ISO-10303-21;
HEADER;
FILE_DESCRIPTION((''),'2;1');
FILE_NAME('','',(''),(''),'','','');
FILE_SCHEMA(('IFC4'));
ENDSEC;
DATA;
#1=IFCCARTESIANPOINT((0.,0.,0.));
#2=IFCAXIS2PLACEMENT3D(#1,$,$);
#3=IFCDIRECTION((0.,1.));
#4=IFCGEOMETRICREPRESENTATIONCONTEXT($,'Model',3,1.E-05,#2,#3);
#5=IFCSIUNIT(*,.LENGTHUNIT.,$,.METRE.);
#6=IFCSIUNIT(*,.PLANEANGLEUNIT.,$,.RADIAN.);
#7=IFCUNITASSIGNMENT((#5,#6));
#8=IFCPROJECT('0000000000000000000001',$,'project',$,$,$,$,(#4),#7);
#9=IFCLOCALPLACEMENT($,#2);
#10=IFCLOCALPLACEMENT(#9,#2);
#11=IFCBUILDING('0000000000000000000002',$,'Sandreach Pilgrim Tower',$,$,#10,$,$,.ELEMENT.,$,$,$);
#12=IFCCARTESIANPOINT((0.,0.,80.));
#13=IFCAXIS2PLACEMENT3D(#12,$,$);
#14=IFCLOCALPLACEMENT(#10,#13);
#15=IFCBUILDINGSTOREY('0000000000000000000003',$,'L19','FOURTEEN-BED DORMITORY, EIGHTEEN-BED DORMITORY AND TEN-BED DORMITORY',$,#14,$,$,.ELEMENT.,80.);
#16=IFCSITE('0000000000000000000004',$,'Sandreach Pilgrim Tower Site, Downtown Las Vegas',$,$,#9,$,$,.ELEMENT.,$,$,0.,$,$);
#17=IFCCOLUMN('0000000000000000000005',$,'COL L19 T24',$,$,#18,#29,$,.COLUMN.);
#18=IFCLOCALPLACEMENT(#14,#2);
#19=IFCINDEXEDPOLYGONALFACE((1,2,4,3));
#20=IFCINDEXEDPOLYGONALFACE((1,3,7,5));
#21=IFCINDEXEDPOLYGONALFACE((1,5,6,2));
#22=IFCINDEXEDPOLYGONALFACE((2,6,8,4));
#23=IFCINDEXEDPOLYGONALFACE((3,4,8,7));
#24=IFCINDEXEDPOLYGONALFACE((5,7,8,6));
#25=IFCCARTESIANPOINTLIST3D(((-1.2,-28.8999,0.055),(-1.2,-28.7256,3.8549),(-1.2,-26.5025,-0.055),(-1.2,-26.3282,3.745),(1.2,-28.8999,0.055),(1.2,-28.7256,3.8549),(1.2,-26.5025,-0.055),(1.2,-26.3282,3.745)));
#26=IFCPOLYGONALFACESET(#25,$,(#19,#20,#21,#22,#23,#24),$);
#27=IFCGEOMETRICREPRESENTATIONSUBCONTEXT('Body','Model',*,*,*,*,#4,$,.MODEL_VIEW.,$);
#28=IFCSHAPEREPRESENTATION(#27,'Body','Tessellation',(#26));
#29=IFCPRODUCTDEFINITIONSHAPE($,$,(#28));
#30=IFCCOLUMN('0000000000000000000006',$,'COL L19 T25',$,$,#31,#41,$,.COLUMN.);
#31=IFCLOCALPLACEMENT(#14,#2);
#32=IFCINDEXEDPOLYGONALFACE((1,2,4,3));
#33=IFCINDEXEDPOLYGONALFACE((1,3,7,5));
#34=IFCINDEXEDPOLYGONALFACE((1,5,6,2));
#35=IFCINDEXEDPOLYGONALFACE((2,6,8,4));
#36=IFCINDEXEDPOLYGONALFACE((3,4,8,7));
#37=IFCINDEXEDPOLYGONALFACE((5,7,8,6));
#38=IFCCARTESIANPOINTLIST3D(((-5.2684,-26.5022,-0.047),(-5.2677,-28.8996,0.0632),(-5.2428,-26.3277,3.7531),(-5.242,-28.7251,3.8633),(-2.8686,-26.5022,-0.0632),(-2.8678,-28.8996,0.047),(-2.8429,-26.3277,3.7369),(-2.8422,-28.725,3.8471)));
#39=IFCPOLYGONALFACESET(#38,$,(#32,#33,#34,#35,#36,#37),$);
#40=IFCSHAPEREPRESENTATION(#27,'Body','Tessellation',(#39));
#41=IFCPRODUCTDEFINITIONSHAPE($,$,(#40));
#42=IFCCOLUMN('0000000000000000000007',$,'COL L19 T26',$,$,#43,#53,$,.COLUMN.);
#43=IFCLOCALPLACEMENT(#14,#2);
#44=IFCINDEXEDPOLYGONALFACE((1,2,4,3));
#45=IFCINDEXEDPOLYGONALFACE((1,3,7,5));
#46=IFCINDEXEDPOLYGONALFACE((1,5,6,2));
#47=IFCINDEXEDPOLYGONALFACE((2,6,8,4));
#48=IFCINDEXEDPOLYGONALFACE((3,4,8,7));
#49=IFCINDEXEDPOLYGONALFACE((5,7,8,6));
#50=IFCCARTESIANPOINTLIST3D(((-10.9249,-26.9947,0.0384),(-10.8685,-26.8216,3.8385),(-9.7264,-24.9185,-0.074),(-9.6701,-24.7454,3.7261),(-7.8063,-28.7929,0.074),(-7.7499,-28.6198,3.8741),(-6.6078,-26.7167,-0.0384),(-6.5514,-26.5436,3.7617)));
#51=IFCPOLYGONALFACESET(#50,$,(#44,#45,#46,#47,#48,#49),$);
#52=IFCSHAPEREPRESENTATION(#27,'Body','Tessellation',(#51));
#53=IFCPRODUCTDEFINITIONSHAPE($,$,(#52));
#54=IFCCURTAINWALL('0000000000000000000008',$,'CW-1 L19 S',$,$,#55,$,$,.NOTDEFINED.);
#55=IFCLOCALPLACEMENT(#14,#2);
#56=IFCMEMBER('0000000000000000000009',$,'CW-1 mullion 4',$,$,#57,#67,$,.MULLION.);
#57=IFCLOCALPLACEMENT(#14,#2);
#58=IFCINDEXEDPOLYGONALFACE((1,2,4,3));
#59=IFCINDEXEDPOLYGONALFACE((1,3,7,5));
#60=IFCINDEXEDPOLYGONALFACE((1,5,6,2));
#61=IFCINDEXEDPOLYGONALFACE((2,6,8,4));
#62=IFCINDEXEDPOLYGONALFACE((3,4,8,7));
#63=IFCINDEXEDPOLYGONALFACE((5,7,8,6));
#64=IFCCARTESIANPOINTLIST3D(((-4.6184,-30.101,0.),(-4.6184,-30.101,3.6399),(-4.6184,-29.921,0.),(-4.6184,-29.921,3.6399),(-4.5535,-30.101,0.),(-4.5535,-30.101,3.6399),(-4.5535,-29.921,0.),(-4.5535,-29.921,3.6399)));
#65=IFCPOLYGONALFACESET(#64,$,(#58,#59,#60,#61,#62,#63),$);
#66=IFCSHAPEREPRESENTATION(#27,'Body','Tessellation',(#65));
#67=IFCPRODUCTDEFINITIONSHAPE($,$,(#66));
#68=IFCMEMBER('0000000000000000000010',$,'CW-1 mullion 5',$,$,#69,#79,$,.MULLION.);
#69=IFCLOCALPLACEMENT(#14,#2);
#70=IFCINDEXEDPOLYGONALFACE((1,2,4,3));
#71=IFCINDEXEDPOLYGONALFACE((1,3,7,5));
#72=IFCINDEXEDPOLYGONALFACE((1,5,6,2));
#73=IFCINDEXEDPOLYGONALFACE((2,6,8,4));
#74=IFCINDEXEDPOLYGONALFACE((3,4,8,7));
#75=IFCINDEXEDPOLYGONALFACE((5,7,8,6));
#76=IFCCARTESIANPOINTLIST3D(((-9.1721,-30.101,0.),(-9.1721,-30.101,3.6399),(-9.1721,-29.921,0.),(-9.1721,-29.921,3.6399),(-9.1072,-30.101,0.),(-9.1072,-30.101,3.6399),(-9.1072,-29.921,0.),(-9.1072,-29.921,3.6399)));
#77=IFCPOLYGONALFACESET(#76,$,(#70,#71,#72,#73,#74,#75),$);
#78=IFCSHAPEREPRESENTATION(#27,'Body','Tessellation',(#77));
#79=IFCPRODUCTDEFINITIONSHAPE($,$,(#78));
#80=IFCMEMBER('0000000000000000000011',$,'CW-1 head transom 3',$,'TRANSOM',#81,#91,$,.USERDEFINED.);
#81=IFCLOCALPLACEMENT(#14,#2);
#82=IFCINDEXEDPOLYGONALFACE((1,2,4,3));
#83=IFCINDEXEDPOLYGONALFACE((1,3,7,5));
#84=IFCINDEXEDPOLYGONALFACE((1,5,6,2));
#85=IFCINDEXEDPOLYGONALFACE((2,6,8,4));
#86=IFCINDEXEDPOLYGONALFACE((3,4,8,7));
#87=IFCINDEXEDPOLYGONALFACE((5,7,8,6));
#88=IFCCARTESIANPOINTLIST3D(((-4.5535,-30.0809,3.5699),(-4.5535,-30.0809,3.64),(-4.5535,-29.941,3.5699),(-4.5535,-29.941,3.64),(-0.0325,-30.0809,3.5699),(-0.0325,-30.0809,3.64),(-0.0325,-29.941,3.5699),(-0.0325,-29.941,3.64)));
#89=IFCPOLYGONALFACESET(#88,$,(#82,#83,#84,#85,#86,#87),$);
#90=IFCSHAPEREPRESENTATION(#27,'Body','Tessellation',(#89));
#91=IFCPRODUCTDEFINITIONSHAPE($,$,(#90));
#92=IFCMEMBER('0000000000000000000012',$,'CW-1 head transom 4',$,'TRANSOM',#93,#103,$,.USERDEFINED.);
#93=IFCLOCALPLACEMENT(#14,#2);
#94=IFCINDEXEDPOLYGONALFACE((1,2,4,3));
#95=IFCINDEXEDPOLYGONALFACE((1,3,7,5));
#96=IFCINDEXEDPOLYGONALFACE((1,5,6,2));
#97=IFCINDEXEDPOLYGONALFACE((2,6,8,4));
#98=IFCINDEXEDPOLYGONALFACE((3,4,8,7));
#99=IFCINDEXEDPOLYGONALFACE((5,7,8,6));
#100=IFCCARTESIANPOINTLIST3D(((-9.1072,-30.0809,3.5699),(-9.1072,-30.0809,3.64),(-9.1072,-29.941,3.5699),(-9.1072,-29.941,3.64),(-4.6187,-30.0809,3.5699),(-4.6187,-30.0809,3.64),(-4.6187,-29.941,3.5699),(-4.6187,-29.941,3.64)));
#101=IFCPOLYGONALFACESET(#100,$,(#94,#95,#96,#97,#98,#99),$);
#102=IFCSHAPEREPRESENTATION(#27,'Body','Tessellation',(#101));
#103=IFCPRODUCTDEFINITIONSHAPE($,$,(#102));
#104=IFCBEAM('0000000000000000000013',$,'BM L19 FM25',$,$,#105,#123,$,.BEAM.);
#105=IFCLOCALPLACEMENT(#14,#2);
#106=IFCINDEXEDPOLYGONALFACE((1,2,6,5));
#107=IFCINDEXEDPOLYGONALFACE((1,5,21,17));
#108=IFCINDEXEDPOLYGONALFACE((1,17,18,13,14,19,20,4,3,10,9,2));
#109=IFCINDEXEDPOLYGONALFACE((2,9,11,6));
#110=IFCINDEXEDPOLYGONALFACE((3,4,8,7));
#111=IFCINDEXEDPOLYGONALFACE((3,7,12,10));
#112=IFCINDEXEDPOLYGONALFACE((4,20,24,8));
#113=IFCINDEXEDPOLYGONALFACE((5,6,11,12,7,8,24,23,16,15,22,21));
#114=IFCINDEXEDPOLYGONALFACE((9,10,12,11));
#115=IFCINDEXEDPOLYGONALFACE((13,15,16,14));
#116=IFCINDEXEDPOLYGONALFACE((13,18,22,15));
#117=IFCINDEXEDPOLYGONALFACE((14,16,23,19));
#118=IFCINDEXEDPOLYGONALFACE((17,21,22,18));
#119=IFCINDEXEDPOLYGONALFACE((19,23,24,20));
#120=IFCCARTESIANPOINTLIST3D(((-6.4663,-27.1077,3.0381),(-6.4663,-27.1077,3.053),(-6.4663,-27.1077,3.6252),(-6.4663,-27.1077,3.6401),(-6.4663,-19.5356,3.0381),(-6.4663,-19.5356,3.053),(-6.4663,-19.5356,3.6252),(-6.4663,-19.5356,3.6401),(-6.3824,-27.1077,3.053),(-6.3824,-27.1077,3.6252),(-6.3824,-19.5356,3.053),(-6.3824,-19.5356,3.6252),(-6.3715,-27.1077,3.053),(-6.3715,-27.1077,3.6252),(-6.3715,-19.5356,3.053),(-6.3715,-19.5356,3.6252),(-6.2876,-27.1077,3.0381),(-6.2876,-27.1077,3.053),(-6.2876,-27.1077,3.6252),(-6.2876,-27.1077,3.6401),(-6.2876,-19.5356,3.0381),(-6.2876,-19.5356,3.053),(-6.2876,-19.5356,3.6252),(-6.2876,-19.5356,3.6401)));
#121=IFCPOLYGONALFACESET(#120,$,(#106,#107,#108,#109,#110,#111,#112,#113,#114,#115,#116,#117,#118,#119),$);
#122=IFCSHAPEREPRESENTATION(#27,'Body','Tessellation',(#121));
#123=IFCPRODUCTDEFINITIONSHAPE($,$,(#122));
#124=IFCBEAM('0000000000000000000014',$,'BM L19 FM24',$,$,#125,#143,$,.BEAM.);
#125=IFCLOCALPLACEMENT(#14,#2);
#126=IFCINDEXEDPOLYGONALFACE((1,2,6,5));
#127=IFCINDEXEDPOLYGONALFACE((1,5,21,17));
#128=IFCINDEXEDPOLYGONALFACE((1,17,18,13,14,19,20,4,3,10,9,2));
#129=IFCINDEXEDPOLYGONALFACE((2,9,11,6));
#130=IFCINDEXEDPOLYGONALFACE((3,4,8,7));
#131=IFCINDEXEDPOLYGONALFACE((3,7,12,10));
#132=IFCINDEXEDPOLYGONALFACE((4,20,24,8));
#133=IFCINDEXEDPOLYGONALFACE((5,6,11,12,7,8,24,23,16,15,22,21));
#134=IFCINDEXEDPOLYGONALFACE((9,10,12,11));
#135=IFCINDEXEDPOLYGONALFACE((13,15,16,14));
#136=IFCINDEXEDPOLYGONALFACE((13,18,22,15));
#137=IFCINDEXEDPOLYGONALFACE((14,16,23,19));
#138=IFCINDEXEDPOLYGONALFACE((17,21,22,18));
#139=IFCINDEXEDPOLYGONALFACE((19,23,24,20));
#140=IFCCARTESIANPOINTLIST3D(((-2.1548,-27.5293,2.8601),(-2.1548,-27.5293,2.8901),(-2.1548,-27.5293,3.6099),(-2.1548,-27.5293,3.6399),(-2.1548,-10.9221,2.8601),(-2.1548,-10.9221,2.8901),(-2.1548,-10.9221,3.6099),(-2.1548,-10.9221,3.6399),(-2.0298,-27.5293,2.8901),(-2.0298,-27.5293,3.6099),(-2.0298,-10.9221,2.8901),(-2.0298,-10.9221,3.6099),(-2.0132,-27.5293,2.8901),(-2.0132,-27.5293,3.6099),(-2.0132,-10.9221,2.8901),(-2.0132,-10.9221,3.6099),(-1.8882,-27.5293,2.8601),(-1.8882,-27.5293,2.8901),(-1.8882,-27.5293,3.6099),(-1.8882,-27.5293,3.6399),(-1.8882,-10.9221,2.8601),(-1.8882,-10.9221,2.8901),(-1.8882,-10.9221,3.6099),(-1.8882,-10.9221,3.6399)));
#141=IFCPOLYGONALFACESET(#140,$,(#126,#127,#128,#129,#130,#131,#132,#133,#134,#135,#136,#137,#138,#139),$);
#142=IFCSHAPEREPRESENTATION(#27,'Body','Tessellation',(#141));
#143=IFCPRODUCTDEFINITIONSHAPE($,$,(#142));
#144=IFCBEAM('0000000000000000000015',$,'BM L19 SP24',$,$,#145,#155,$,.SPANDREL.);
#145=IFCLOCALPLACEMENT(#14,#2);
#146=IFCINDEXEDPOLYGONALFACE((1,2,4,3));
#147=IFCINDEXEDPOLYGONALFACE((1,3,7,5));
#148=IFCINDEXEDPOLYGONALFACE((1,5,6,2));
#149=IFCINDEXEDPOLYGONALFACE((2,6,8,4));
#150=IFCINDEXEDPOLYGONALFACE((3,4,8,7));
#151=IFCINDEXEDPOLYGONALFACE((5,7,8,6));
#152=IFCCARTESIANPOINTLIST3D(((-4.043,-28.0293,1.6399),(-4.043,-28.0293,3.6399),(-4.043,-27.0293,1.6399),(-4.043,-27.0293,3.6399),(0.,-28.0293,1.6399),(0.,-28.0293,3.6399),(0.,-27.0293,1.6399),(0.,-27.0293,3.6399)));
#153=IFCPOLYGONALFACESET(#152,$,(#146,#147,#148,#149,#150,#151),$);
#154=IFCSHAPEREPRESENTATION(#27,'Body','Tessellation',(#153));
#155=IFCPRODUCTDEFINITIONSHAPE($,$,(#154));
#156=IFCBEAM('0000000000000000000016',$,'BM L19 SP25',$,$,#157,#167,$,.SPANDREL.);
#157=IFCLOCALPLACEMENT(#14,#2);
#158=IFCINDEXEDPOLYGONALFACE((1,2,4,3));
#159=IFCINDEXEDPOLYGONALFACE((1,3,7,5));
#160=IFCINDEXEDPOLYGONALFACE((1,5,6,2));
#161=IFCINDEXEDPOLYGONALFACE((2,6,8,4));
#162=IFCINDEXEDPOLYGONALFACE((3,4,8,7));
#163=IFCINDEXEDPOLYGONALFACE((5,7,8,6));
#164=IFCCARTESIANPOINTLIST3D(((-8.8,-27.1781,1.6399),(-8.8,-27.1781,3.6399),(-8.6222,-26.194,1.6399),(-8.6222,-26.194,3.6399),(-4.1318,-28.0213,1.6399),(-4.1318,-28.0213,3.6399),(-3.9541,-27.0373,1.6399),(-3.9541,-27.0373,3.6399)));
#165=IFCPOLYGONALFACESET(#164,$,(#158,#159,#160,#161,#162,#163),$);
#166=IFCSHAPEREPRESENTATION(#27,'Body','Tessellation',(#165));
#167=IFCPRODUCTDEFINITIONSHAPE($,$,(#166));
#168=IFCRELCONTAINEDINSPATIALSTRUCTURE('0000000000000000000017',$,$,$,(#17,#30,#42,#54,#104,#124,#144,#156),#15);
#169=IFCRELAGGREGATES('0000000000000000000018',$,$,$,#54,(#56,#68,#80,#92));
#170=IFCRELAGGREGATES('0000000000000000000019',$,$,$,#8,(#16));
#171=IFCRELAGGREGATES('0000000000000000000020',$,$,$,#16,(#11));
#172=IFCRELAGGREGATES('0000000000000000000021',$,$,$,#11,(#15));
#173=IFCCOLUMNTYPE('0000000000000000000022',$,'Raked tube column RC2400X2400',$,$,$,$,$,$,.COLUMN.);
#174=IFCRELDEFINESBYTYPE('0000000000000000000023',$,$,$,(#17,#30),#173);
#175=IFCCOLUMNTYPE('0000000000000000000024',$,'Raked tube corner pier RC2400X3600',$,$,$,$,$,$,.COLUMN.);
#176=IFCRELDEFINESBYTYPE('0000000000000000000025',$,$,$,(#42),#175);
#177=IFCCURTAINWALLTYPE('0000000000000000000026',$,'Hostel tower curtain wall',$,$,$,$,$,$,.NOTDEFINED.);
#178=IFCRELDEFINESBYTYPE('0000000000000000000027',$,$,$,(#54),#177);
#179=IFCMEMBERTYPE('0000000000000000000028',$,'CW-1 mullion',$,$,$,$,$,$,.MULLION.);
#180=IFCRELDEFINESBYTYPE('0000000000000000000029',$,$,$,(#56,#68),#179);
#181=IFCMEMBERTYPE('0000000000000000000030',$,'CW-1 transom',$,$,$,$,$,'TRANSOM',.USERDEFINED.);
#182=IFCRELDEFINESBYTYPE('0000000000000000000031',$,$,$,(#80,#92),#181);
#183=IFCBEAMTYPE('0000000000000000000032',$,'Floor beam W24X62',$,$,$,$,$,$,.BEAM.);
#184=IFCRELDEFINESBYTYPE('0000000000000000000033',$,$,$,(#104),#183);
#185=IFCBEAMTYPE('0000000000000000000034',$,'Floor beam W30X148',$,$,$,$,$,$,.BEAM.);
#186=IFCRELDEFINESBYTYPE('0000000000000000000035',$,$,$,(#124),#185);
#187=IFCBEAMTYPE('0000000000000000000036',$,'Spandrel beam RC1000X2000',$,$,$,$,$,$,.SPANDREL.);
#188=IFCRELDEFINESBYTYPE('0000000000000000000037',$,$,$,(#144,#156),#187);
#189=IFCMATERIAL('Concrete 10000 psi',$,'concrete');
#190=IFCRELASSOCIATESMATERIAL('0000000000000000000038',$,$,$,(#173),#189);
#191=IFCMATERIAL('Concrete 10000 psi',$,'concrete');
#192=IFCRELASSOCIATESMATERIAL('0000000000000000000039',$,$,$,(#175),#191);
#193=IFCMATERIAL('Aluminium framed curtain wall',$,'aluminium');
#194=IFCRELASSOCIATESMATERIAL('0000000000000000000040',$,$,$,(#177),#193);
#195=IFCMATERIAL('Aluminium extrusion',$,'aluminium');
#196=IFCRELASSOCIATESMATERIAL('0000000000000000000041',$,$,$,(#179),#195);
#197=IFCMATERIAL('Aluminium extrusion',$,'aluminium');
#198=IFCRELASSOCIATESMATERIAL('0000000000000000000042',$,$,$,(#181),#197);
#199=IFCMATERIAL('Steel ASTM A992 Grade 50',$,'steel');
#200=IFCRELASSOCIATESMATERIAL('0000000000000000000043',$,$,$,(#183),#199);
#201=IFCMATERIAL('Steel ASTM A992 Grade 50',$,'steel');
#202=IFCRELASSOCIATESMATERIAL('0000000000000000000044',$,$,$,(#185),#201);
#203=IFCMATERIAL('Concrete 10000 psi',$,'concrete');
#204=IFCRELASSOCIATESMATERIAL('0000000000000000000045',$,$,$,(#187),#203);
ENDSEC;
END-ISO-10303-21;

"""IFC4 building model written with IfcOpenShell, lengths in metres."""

from ifc_helpers import new_model, si_unit, direction, frame, origin, origin_2d, place, context, subcontext, project, spatial, rectangle, i_section, extrude, material, material_profile, profile_set, type_object, element, aggregate, save


model = new_model("IFC4")

# Units and contexts
model_context = context("Model", 3, precision=1e-05, world=origin(), true_north=direction((0.0, 1.0)))
body_context = subcontext(model_context, "Body", "Model", "MODEL_VIEW")
ifc_project = project(units=[si_unit("LENGTHUNIT", "METRE"), si_unit("PLANEANGLEUNIT", "RADIAN")], contexts=[model_context])

# Site, building, storey
site_placement = place(None, origin())
site = spatial("IfcSite", under=ifc_project, at=site_placement, Name="Sandreach Pilgrim Tower Site, Downtown Las Vegas", CompositionType="ELEMENT", RefElevation=0.0)
building_placement = place(site_placement, origin())
building = spatial("IfcBuilding", under=site, at=building_placement, Name="Sandreach Pilgrim Tower", CompositionType="ELEMENT")
storey_placement = place(building_placement, frame((0.0, 0.0, 80.0)))
storey = spatial("IfcBuildingStorey", under=building, at=storey_placement, Name="L19", Description="FOURTEEN-BED DORMITORY, EIGHTEEN-BED DORMITORY AND TEN-BED DORMITORY", CompositionType="ELEMENT", Elevation=80.0)

# Columns
ifc_material_1 = material(Name="Concrete 10000 psi", Category="concrete")
ifc_material_profile_1 = material_profile(ifc_material_1, rectangle(XDim=2.3999, YDim=2.3999, at=origin_2d()), Name="RC2400X2400")
ifc_profile_set_1 = profile_set([ifc_material_profile_1], Name="Concrete 10000 psi")
column_type_1 = type_object("IfcColumnType", Name="Raked tube column RC2400X2400", PredefinedType="COLUMN", material=ifc_profile_set_1)
column_1_placement = place(storey_placement, frame((0.0, -27.7012, 0.0), z_axis=(0.0, 0.045824, 0.99895), x_axis=(0.0, -0.99895, 0.045824)))
element("IfcColumn", 1, at=column_1_placement, inside=storey, type_object=column_type_1, Name="COL L19 T24", PredefinedType="COLUMN", context=body_context, shape_type="SweptSolid", body=[
    extrude(rectangle(XDim=2.3999, YDim=2.3999, at=origin_2d()), origin(), (0.0, 0.0, 1.0), 3.804),
])
column_2_placement = place(storey_placement, frame((-4.0681, -27.7009, 0.0), z_axis=(0.006739, 0.045887, 0.998924), x_axis=(0.000315, -0.998947, 0.045886)))
element("IfcColumn", 2, at=column_2_placement, inside=storey, type_object=column_type_1, Name="COL L19 T25", PredefinedType="COLUMN", context=body_context, shape_type="SweptSolid", body=[
    extrude(rectangle(XDim=2.3999, YDim=2.3999, at=origin_2d()), origin(), (0.0, 0.0, 1.0), 3.8042),
])
ifc_material_2 = material(Name="Concrete 10000 psi", Category="concrete")
ifc_material_profile_2 = material_profile(ifc_material_2, rectangle(XDim=2.3999, YDim=3.6001, at=origin_2d()), Name="RC2400X3600")
ifc_profile_set_2 = profile_set([ifc_material_profile_2], Name="Concrete 10000 psi")
column_type_2 = type_object("IfcColumnType", Name="Raked tube corner pier RC2400X3600", PredefinedType="COLUMN", material=ifc_profile_set_2)
column_3_placement = place(storey_placement, frame((-8.7664, -26.8557, 0.0), z_axis=(0.014824, 0.045499, 0.998854), x_axis=(-0.499371, -0.865122, 0.046818)))
element("IfcColumn", 3, at=column_3_placement, inside=storey, type_object=column_type_2, Name="COL L19 T26", PredefinedType="COLUMN", context=body_context, shape_type="SweptSolid", body=[
    extrude(rectangle(XDim=2.3999, YDim=3.6001, at=origin_2d()), origin(), (0.0, 0.0, 1.0), 3.8044),
])

# Curtain wall, members
ifc_material_3 = material(Name="Aluminium framed curtain wall", Category="aluminium")
curtain_wall_type = type_object("IfcCurtainWallType", Name="Hostel tower curtain wall", PredefinedType="NOTDEFINED", material=ifc_material_3)
curtain_wall_placement = place(storey_placement, origin())
curtain_wall = element("IfcCurtainWall", 4, at=curtain_wall_placement, inside=storey, type_object=curtain_wall_type, Name="CW-1 L19 S", PredefinedType="NOTDEFINED")
ifc_material_4 = material(Name="Aluminium extrusion", Category="aluminium")
ifc_material_profile_3 = material_profile(ifc_material_4, rectangle(XDim=0.0649, YDim=0.1799, at=origin_2d()), Name="CW-1M 65X180")
ifc_profile_set_3 = profile_set([ifc_material_profile_3], Name="Aluminium extrusion")
member_type_1 = type_object("IfcMemberType", Name="CW-1 mullion", PredefinedType="MULLION", material=ifc_profile_set_3)
member_1_placement = place(storey_placement, frame((-4.5859, -30.011, 0.0), z_axis=(0.0, 0.0, 1.0), x_axis=(-1.0, 0.0, 0.0)))
member_1 = element("IfcMember", 5, at=member_1_placement, type_object=member_type_1, Name="CW-1 mullion 4", PredefinedType="MULLION", context=body_context, shape_type="SweptSolid", body=[
    extrude(rectangle(XDim=0.0649, YDim=0.1799, at=origin_2d()), origin(), (0.0, 0.0, 1.0), 3.6399),
])
member_2_placement = place(storey_placement, frame((-9.1396, -30.011, 0.0), z_axis=(0.0, 0.0, 1.0), x_axis=(-1.0, 0.0, 0.0)))
member_2 = element("IfcMember", 6, at=member_2_placement, type_object=member_type_1, Name="CW-1 mullion 5", PredefinedType="MULLION", context=body_context, shape_type="SweptSolid", body=[
    extrude(rectangle(XDim=0.0649, YDim=0.1799, at=origin_2d()), origin(), (0.0, 0.0, 1.0), 3.6399),
])
ifc_material_5 = material(Name="Aluminium extrusion", Category="aluminium")
ifc_material_profile_4 = material_profile(ifc_material_5, rectangle(XDim=0.1399, YDim=0.0701, at=origin_2d()), Name="CW-1T 140X70")
ifc_profile_set_4 = profile_set([ifc_material_profile_4], Name="Aluminium extrusion")
member_type_2 = type_object("IfcMemberType", Name="CW-1 transom", ElementType="TRANSOM", PredefinedType="USERDEFINED", material=ifc_profile_set_4)
member_3_placement = place(storey_placement, frame((-0.0325, -30.011, 3.605), z_axis=(-1.0, 0.0, 0.0), x_axis=(0.0, -1.0, 0.0)))
member_3 = element("IfcMember", 7, at=member_3_placement, type_object=member_type_2, Name="CW-1 head transom 3", ObjectType="TRANSOM", PredefinedType="USERDEFINED", context=body_context, shape_type="SweptSolid", body=[
    extrude(rectangle(XDim=0.1399, YDim=0.0701, at=origin_2d()), origin(), (0.0, 0.0, 1.0), 4.521),
])
member_4_placement = place(storey_placement, frame((-4.6187, -30.011, 3.605), z_axis=(-1.0, 0.0, 0.0), x_axis=(0.0, -1.0, 0.0)))
member_4 = element("IfcMember", 8, at=member_4_placement, type_object=member_type_2, Name="CW-1 head transom 4", ObjectType="TRANSOM", PredefinedType="USERDEFINED", context=body_context, shape_type="SweptSolid", body=[
    extrude(rectangle(XDim=0.1399, YDim=0.0701, at=origin_2d()), origin(), (0.0, 0.0, 1.0), 4.4885),
])

# Beams
ifc_material_6 = material(Name="Steel ASTM A992 Grade 50", Category="steel")
ifc_material_profile_5 = material_profile(ifc_material_6, i_section(OverallWidth=0.1787, OverallDepth=0.6021, WebThickness=0.011, FlangeThickness=0.0149, at=origin_2d()), Name="W24X62")
ifc_profile_set_5 = profile_set([ifc_material_profile_5], Name="Steel ASTM A992 Grade 50")
beam_type_1 = type_object("IfcBeamType", Name="Floor beam W24X62", PredefinedType="BEAM", material=ifc_profile_set_5)
beam_1_placement = place(storey_placement, frame((-6.377, -27.1077, 3.3391), z_axis=(0.0, 1.0, 0.0), x_axis=(-1.0, 0.0, 0.0)))
element("IfcBeam", 9, at=beam_1_placement, inside=storey, type_object=beam_type_1, Name="BM L19 FM25", PredefinedType="BEAM", context=body_context, shape_type="SweptSolid", body=[
    extrude(i_section(OverallWidth=0.1787, OverallDepth=0.6021, WebThickness=0.011, FlangeThickness=0.0149, at=origin_2d()), origin(), (0.0, 0.0, 1.0), 7.572),
])
ifc_material_7 = material(Name="Steel ASTM A992 Grade 50", Category="steel")
ifc_material_profile_6 = material_profile(ifc_material_7, i_section(OverallWidth=0.2666, OverallDepth=0.7798, WebThickness=0.0166, FlangeThickness=0.03, at=origin_2d()), Name="W30X148")
ifc_profile_set_6 = profile_set([ifc_material_profile_6], Name="Steel ASTM A992 Grade 50")
beam_type_2 = type_object("IfcBeamType", Name="Floor beam W30X148", PredefinedType="BEAM", material=ifc_profile_set_6)
beam_2_placement = place(storey_placement, frame((-2.0215, -27.5293, 3.25), z_axis=(0.0, 1.0, 0.0), x_axis=(-1.0, 0.0, 0.0)))
element("IfcBeam", 10, at=beam_2_placement, inside=storey, type_object=beam_type_2, Name="BM L19 FM24", PredefinedType="BEAM", context=body_context, shape_type="SweptSolid", body=[
    extrude(i_section(OverallWidth=0.2666, OverallDepth=0.7798, WebThickness=0.0166, FlangeThickness=0.03, at=origin_2d()), origin(), (0.0, 0.0, 1.0), 16.6072),
])
ifc_material_8 = material(Name="Concrete 10000 psi", Category="concrete")
ifc_material_profile_7 = material_profile(ifc_material_8, rectangle(XDim=1.0, YDim=2.0, at=origin_2d()), Name="RC1000X2000")
ifc_profile_set_7 = profile_set([ifc_material_profile_7], Name="Concrete 10000 psi")
beam_type_3 = type_object("IfcBeamType", Name="Spandrel beam RC1000X2000", PredefinedType="SPANDREL", material=ifc_profile_set_7)
beam_3_placement = place(storey_placement, frame((0.0, -27.5293, 2.6399), z_axis=(-1.0, 0.0, 0.0), x_axis=(0.0, -1.0, 0.0)))
element("IfcBeam", 11, at=beam_3_placement, inside=storey, type_object=beam_type_3, Name="BM L19 SP24", PredefinedType="SPANDREL", context=body_context, shape_type="SweptSolid", body=[
    extrude(rectangle(XDim=1.0, YDim=2.0, at=origin_2d()), origin(), (0.0, 0.0, 1.0), 4.043),
])
beam_4_placement = place(storey_placement, frame((-4.043, -27.5293, 2.6399), z_axis=(-0.984073, 0.177762, 0.0), x_axis=(-0.177762, -0.984073, 0.0)))
element("IfcBeam", 12, at=beam_4_placement, inside=storey, type_object=beam_type_3, Name="BM L19 SP25", PredefinedType="SPANDREL", context=body_context, shape_type="SweptSolid", body=[
    extrude(rectangle(XDim=1.0, YDim=2.0, at=origin_2d()), origin(), (0.0, 0.0, 1.0), 4.7437),
])

aggregate(curtain_wall, [member_1, member_2, member_3, member_4])

save(model, "model.ifc")
